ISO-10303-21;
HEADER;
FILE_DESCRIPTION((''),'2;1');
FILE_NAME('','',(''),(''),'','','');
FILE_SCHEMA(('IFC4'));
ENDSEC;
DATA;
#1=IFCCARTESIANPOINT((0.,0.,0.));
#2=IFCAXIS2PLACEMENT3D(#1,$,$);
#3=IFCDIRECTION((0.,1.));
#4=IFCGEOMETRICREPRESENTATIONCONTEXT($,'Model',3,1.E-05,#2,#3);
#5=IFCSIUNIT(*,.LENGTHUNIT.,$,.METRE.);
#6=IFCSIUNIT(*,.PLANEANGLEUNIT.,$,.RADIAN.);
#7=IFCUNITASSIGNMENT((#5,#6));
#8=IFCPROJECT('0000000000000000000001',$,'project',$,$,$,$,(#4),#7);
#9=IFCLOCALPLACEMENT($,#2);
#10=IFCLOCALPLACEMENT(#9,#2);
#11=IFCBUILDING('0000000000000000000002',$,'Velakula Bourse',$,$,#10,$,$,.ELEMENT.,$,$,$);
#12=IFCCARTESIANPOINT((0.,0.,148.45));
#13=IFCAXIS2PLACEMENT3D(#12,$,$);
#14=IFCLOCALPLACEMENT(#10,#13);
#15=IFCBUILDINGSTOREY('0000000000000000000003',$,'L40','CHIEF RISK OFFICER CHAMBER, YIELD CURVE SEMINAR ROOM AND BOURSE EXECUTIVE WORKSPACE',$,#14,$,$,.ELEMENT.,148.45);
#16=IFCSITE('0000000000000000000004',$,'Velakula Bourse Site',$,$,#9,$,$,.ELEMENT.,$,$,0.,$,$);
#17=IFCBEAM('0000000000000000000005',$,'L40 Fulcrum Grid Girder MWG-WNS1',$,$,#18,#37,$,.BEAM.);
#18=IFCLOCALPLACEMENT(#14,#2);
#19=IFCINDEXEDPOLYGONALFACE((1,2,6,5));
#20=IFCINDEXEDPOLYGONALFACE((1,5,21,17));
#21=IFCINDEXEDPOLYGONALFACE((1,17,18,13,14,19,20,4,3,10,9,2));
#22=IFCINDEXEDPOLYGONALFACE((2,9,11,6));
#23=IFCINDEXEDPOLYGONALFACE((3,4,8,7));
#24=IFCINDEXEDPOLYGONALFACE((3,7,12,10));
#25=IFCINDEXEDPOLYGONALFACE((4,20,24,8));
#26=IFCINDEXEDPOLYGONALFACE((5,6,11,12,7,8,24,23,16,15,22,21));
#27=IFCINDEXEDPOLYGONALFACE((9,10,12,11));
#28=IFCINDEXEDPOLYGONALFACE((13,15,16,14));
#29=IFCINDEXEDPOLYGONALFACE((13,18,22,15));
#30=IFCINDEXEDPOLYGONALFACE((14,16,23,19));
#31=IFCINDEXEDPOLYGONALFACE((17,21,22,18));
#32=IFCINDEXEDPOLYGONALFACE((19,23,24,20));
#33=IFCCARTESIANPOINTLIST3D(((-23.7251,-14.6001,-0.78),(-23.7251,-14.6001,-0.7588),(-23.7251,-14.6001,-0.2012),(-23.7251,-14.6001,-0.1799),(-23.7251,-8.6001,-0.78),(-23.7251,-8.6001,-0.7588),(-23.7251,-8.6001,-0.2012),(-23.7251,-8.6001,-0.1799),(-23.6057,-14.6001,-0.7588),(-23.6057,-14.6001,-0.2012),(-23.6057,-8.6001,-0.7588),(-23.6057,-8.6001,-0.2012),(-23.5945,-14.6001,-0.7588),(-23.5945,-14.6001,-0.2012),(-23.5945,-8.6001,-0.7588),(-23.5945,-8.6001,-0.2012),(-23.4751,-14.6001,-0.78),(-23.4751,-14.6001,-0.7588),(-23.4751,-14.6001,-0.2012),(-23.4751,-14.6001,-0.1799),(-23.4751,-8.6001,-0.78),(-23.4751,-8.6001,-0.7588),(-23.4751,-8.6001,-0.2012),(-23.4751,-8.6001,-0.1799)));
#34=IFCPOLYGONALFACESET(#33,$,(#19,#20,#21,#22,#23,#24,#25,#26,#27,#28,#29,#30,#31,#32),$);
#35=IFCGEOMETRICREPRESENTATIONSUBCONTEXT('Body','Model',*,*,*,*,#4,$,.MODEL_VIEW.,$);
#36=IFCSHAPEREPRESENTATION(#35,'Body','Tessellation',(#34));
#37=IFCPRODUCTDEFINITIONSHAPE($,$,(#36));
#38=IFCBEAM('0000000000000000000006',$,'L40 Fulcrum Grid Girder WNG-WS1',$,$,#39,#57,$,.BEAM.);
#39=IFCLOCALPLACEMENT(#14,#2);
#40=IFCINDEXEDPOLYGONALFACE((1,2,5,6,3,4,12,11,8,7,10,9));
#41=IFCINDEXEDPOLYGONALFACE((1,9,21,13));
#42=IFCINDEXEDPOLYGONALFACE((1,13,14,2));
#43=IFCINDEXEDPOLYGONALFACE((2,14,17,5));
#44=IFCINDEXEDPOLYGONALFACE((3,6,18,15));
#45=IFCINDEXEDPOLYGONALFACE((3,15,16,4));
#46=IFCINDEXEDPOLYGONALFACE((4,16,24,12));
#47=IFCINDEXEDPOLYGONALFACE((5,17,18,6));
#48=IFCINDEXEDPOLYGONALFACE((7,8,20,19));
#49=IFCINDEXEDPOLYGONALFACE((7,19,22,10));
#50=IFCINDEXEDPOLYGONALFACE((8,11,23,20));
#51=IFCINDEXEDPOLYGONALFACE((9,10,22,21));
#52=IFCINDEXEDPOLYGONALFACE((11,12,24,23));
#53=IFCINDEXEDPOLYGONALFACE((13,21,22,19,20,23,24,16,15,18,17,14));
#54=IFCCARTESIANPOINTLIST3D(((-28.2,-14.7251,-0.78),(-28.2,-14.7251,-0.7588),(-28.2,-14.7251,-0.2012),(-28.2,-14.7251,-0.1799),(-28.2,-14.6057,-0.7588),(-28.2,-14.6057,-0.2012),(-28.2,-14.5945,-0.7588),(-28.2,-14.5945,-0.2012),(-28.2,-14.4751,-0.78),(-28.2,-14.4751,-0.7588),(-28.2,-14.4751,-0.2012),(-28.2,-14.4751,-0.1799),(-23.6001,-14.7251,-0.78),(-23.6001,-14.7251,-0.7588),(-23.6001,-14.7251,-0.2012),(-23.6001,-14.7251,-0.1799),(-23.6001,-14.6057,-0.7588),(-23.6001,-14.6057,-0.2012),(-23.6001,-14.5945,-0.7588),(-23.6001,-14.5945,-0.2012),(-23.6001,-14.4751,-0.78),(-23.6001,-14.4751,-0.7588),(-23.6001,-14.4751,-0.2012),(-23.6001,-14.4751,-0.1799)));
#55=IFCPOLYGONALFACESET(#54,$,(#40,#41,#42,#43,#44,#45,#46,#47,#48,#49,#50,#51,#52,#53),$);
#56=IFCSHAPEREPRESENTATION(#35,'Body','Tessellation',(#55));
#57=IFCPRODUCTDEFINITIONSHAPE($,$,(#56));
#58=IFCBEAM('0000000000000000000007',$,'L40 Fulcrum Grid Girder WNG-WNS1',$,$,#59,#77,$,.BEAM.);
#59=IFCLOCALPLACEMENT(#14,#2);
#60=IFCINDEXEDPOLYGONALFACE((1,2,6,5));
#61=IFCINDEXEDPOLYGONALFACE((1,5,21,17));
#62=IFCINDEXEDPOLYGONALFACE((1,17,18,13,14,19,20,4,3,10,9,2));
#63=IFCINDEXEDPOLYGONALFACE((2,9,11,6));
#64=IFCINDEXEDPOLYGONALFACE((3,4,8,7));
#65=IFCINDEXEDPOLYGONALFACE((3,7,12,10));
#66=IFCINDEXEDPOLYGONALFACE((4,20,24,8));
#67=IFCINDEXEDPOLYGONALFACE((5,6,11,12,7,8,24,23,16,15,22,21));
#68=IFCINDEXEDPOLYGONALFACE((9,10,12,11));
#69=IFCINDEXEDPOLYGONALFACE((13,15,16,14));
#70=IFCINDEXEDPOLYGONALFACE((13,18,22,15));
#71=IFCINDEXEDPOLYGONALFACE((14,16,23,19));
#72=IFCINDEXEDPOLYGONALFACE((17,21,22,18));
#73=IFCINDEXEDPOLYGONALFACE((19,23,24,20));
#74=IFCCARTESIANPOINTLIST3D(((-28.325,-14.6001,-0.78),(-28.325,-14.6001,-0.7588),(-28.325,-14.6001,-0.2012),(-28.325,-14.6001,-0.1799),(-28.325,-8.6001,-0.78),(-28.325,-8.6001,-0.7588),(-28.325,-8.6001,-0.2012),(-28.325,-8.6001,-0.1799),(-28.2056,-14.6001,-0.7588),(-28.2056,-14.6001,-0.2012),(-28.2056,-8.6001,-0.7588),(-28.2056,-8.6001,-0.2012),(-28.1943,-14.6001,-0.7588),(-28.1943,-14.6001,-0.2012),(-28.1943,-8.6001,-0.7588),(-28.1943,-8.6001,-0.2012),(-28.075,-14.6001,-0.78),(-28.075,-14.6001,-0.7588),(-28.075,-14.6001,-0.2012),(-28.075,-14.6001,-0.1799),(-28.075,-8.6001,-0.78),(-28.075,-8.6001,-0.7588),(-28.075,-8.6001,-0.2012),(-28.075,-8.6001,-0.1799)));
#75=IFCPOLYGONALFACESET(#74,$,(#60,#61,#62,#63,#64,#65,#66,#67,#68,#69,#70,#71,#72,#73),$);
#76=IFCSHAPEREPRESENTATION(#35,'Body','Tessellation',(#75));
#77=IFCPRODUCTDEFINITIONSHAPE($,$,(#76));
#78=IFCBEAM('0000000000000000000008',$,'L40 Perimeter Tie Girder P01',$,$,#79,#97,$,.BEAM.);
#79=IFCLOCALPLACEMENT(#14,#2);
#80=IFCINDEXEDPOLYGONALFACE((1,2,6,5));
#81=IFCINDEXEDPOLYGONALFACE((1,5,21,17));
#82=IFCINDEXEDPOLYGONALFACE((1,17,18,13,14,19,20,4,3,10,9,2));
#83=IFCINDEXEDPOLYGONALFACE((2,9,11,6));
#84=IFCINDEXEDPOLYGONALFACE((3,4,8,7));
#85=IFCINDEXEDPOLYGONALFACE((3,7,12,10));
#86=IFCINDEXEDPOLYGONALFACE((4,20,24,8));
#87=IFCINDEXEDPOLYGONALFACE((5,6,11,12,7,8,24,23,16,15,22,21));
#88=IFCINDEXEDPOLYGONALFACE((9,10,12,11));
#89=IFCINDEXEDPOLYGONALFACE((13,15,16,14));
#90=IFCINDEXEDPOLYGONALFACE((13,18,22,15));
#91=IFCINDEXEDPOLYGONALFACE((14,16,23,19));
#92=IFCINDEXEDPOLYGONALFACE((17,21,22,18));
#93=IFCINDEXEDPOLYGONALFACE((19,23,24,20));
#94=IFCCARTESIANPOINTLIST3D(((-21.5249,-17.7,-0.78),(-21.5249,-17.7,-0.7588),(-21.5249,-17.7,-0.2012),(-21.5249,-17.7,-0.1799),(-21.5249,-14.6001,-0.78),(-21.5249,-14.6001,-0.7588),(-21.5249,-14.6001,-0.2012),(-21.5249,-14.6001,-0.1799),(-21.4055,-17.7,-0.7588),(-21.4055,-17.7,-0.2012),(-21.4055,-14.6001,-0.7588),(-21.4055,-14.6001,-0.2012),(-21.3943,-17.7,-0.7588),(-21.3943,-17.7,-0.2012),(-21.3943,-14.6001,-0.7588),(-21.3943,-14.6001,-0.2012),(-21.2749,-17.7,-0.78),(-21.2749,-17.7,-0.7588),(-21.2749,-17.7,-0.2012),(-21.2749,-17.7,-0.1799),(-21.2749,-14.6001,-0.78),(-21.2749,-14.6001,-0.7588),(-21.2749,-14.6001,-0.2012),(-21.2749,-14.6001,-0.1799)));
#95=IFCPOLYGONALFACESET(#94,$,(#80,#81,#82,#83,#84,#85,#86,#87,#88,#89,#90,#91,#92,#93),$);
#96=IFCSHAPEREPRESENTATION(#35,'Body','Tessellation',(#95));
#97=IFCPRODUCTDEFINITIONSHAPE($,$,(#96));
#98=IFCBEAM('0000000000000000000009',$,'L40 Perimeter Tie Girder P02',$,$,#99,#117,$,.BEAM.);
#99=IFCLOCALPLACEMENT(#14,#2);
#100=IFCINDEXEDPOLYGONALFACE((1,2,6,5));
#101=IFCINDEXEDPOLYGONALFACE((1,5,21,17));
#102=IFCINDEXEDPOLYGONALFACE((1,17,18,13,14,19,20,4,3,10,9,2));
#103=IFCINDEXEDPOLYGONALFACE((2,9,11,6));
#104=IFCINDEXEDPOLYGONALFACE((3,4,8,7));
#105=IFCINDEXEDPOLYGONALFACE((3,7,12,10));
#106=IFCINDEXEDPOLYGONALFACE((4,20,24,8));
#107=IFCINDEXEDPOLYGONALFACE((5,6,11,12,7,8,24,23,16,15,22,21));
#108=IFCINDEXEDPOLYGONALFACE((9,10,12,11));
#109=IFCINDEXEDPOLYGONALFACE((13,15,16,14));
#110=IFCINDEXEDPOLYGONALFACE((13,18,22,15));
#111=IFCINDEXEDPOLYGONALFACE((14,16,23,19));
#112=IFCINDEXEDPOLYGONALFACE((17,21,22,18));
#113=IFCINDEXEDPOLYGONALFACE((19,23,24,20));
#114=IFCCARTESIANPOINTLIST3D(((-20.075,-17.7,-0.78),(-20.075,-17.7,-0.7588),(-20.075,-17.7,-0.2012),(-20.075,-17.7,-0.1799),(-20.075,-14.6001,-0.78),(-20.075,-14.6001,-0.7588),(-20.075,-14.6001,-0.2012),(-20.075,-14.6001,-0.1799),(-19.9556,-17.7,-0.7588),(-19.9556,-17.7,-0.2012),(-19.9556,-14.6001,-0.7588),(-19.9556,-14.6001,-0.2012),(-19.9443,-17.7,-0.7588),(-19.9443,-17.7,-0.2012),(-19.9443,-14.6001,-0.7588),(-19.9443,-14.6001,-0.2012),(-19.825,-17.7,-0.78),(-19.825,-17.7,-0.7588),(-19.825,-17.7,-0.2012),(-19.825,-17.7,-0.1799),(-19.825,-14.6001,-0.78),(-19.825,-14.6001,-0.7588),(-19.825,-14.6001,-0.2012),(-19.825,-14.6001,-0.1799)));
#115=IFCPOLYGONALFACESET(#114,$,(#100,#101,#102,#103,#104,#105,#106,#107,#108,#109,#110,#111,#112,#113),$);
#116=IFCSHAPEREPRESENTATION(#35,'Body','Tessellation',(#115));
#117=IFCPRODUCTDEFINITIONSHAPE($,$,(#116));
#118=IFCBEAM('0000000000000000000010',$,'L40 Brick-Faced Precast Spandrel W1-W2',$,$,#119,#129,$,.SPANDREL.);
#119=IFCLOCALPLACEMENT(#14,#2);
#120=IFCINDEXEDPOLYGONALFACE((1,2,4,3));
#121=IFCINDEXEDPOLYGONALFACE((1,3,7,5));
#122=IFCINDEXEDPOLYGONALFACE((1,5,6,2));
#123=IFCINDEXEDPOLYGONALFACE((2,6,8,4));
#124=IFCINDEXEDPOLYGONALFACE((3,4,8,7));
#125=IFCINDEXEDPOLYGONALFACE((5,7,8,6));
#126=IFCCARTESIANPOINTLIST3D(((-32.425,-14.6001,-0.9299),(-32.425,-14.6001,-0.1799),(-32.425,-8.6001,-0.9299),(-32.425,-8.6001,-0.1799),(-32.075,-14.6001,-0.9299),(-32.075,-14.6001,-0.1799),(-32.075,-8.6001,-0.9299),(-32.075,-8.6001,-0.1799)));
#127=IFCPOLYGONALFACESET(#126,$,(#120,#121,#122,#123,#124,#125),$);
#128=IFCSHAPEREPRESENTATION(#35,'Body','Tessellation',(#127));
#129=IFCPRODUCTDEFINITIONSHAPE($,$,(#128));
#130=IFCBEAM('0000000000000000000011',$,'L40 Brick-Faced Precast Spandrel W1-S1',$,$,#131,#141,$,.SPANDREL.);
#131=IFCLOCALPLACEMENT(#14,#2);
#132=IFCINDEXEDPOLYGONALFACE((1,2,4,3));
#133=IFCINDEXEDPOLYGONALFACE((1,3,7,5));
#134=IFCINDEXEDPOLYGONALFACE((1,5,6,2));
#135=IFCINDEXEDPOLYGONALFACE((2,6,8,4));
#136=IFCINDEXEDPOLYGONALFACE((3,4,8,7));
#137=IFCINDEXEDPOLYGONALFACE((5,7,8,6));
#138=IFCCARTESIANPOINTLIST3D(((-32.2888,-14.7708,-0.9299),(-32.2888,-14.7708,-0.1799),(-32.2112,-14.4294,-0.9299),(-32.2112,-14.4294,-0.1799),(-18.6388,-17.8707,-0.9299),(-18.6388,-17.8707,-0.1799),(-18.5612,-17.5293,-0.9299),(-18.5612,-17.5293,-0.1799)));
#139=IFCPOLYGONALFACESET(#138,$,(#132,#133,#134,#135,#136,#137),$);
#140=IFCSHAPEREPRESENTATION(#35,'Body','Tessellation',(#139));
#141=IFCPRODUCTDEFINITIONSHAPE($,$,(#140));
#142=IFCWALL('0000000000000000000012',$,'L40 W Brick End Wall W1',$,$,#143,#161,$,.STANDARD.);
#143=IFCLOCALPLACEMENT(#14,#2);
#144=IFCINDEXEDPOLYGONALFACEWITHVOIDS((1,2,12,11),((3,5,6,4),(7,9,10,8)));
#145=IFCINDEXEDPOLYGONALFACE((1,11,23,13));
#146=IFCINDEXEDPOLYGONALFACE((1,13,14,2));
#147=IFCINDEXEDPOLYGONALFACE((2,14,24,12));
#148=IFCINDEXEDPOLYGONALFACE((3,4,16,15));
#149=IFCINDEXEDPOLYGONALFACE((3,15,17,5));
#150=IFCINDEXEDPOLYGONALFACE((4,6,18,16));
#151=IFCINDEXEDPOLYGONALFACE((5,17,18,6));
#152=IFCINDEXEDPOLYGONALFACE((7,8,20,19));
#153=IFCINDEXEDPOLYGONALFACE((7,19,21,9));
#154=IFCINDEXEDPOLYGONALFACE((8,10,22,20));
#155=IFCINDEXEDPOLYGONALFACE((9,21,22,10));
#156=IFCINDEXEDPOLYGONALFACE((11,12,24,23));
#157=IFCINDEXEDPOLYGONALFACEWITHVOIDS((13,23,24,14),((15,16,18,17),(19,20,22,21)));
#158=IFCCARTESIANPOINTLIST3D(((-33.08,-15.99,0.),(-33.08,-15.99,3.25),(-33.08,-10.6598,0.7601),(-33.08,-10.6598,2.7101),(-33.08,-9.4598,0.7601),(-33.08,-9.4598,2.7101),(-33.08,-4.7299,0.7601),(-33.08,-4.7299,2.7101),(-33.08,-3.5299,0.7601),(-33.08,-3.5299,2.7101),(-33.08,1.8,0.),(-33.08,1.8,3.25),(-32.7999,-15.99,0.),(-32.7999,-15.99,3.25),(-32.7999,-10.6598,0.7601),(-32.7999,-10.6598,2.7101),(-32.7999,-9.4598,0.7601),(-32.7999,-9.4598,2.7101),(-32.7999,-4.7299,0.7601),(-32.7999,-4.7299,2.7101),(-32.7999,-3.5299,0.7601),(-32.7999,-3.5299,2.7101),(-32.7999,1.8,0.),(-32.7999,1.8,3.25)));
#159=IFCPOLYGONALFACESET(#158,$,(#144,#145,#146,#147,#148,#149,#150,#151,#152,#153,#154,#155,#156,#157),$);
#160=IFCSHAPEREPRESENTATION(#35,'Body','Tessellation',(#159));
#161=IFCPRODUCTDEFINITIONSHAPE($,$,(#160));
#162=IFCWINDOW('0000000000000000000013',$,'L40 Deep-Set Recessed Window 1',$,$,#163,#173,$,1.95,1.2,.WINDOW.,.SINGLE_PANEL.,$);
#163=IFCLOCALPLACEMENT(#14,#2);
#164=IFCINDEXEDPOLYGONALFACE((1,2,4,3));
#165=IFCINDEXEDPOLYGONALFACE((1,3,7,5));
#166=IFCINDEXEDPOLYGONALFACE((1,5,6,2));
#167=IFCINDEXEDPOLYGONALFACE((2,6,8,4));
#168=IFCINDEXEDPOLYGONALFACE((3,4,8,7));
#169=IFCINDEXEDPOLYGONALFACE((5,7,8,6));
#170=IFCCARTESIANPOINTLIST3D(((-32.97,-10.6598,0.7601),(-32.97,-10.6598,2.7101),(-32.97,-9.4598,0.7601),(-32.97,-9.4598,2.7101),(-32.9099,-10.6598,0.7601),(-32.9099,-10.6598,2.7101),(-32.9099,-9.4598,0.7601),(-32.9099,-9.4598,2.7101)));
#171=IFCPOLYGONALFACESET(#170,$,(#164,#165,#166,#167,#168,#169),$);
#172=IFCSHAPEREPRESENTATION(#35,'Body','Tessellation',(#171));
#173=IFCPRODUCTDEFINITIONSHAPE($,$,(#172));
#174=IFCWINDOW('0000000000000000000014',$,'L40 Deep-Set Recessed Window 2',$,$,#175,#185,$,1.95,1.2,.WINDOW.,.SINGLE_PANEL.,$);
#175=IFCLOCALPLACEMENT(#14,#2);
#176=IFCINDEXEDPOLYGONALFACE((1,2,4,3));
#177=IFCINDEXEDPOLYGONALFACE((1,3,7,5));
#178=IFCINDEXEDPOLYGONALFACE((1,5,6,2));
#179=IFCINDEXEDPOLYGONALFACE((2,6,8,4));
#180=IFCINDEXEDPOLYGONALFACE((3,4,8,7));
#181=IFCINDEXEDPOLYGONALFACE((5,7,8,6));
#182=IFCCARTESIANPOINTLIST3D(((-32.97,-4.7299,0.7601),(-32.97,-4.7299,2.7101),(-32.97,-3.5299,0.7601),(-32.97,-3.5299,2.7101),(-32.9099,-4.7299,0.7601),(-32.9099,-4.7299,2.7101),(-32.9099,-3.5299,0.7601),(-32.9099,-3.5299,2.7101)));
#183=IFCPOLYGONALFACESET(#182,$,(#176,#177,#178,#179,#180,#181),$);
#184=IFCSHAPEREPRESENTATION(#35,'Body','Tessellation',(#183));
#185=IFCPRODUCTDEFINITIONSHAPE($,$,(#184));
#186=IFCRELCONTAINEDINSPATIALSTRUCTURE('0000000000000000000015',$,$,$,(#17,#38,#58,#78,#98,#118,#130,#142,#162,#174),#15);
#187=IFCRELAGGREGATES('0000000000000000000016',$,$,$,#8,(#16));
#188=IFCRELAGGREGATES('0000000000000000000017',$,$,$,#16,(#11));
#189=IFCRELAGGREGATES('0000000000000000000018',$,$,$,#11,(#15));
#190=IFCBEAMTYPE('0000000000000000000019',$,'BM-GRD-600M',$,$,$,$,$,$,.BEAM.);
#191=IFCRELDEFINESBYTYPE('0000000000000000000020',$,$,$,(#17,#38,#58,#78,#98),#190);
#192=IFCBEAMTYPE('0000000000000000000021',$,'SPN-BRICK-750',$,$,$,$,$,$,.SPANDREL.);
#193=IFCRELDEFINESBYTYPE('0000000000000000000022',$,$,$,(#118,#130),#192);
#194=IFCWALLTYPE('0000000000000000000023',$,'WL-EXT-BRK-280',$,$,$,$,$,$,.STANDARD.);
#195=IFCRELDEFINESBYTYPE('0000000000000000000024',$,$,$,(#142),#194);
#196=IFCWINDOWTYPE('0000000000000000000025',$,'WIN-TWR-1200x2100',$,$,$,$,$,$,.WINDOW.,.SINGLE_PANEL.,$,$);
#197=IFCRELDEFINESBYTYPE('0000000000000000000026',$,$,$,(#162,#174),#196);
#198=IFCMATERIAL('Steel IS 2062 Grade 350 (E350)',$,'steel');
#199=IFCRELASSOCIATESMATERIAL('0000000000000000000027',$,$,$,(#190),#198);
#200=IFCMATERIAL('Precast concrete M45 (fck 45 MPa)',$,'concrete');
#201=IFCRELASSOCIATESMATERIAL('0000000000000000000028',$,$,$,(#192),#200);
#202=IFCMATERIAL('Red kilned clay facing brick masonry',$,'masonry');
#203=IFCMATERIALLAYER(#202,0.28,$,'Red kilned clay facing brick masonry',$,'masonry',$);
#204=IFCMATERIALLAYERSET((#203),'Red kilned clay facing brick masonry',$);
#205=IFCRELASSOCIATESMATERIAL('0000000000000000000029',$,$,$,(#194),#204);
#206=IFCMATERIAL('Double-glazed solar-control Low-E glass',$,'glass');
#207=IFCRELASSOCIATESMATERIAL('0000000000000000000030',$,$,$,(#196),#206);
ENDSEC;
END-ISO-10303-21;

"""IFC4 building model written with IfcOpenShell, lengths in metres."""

from ifc_helpers import new_model, si_unit, direction, frame, frame_2d, origin, origin_2d, place, context, subcontext, project, spatial, rectangle, i_section, extrude, material, layer, layer_set, material_profile, profile_set, type_object, element, fill, save


model = new_model("IFC4")

# Units and contexts
model_context = context("Model", 3, precision=1e-05, world=origin(), true_north=direction((0.0, 1.0)))
body_context = subcontext(model_context, "Body", "Model", "MODEL_VIEW")
ifc_project = project(units=[si_unit("LENGTHUNIT", "METRE"), si_unit("PLANEANGLEUNIT", "RADIAN")], contexts=[model_context])

# Site, building, storey
site_placement = place(None, origin())
site = spatial("IfcSite", under=ifc_project, at=site_placement, Name="Velakula Bourse Site", CompositionType="ELEMENT", RefElevation=0.0)
building_placement = place(site_placement, origin())
building = spatial("IfcBuilding", under=site, at=building_placement, Name="Velakula Bourse", CompositionType="ELEMENT")
storey_placement = place(building_placement, frame((0.0, 0.0, 148.45)))
storey = spatial("IfcBuildingStorey", under=building, at=storey_placement, Name="L40", Description="CHIEF RISK OFFICER CHAMBER, YIELD CURVE SEMINAR ROOM AND BOURSE EXECUTIVE WORKSPACE", CompositionType="ELEMENT", Elevation=148.45)

# Shared definitions
ifc_material_1 = material(Name="Steel IS 2062 Grade 350 (E350)", Category="steel")
ifc_material_2 = material(Name="Precast concrete M45 (fck 45 MPa)", Category="concrete")

# Beams
ifc_material_profile_1 = material_profile(ifc_material_1, i_section(OverallWidth=0.25, OverallDepth=0.6001, WebThickness=0.0112, FlangeThickness=0.0212, at=origin_2d()), Name="Steel IS 2062 Grade 350 (E350)")
ifc_profile_set_1 = profile_set([ifc_material_profile_1], Name="Steel IS 2062 Grade 350 (E350)")
beam_type_1 = type_object("IfcBeamType", Name="BM-GRD-600M", PredefinedType="BEAM", material=ifc_profile_set_1)
beam_1_placement = place(storey_placement, frame((-23.6001, -14.6001, -0.48), z_axis=(0.0, 1.0, 0.0), x_axis=(-1.0, 0.0, 0.0)))
element("IfcBeam", 1, at=beam_1_placement, inside=storey, type_object=beam_type_1, Name="L40 Fulcrum Grid Girder MWG-WNS1", PredefinedType="BEAM", context=body_context, shape_type="SweptSolid", body=[
    extrude(i_section(OverallWidth=0.25, OverallDepth=0.6001, WebThickness=0.0112, FlangeThickness=0.0212, at=origin_2d()), origin(), (0.0, 0.0, 1.0), 6.0),
])
beam_2_placement = place(storey_placement, frame((-28.2, -14.6001, -0.48), z_axis=(1.0, 0.0, 0.0), x_axis=(0.0, 1.0, 0.0)))
element("IfcBeam", 2, at=beam_2_placement, inside=storey, type_object=beam_type_1, Name="L40 Fulcrum Grid Girder WNG-WS1", PredefinedType="BEAM", context=body_context, shape_type="SweptSolid", body=[
    extrude(i_section(OverallWidth=0.25, OverallDepth=0.6001, WebThickness=0.0112, FlangeThickness=0.0212, at=origin_2d()), origin(), (0.0, 0.0, 1.0), 4.5999),
])
beam_3_placement = place(storey_placement, frame((-28.2, -14.6001, -0.48), z_axis=(0.0, 1.0, 0.0), x_axis=(-1.0, 0.0, 0.0)))
element("IfcBeam", 3, at=beam_3_placement, inside=storey, type_object=beam_type_1, Name="L40 Fulcrum Grid Girder WNG-WNS1", PredefinedType="BEAM", context=body_context, shape_type="SweptSolid", body=[
    extrude(i_section(OverallWidth=0.25, OverallDepth=0.6001, WebThickness=0.0112, FlangeThickness=0.0212, at=origin_2d()), origin(), (0.0, 0.0, 1.0), 6.0),
])
for number, where, z_axis, x_axis, name in (
    (4, (-21.3999, -14.6001, -0.48), (0.0, -1.0, 0.0), (1.0, 0.0, 0.0), "L40 Perimeter Tie Girder P01"),
    (5, (-19.95, -14.6001, -0.48), (0.0, -1.0, 0.0), (1.0, 0.0, 0.0), "L40 Perimeter Tie Girder P02"),
):
    element("IfcBeam", number, at=place(storey_placement, frame(where, z_axis=z_axis, x_axis=x_axis)), inside=storey, type_object=beam_type_1, Name=name, PredefinedType="BEAM", context=body_context, shape_type="SweptSolid", body=[
        extrude(i_section(OverallWidth=0.25, OverallDepth=0.6001, WebThickness=0.0112, FlangeThickness=0.0212, at=origin_2d()), origin(), (0.0, 0.0, 1.0), 3.0999),
    ])
ifc_material_profile_2 = material_profile(ifc_material_2, rectangle(XDim=0.3501, YDim=0.75, at=origin_2d()), Name="Precast concrete M45 (fck 45 MPa)")
ifc_profile_set_2 = profile_set([ifc_material_profile_2], Name="Precast concrete M45 (fck 45 MPa)")
beam_type_2 = type_object("IfcBeamType", Name="SPN-BRICK-750", PredefinedType="SPANDREL", material=ifc_profile_set_2)
beam_4_placement = place(storey_placement, frame((-32.25, -14.6001, -0.5549), z_axis=(0.0, 1.0, 0.0), x_axis=(-1.0, 0.0, 0.0)))
element("IfcBeam", 6, at=beam_4_placement, inside=storey, type_object=beam_type_2, Name="L40 Brick-Faced Precast Spandrel W1-W2", PredefinedType="SPANDREL", context=body_context, shape_type="SweptSolid", body=[
    extrude(rectangle(XDim=0.3501, YDim=0.75, at=origin_2d()), origin(), (0.0, 0.0, 1.0), 6.0),
])
beam_5_placement = place(storey_placement, frame((-32.25, -14.6001, -0.5549), z_axis=(0.97517, -0.221458, 0.0), x_axis=(0.221458, 0.97517, 0.0)))
element("IfcBeam", 7, at=beam_5_placement, inside=storey, type_object=beam_type_2, Name="L40 Brick-Faced Precast Spandrel W1-S1", PredefinedType="SPANDREL", context=body_context, shape_type="SweptSolid", body=[
    extrude(rectangle(XDim=0.3501, YDim=0.75, at=origin_2d()), origin(), (0.0, 0.0, 1.0), 13.9976),
])

# Wall, openings, windows
ifc_material_3 = material(Name="Red kilned clay facing brick masonry", Category="masonry")
ifc_layer_1 = layer(ifc_material_3, 0.28, Name="Red kilned clay facing brick masonry", Category="masonry")
ifc_layer_set_1 = layer_set([ifc_layer_1], Name="Red kilned clay facing brick masonry")
wall_type_1 = type_object("IfcWallType", Name="WL-EXT-BRK-280", PredefinedType="STANDARD", material=ifc_layer_set_1)
wall_1_placement = place(storey_placement, frame((-32.9399, -15.99, 0.0), z_axis=(0.0, 0.0, 1.0), x_axis=(0.0, 1.0, 0.0)))
wall_1 = element("IfcWall", 8, at=wall_1_placement, inside=storey, type_object=wall_type_1, Name="L40 W Brick End Wall W1", PredefinedType="STANDARD", context=body_context, shape_type="SweptSolid", body=[
    extrude(rectangle(XDim=17.79, YDim=0.28, at=frame_2d((8.895, 0.0))), origin(), (0.0, 0.0, 1.0), 3.25),
])
opening_1_placement = place(wall_1_placement, frame((5.3301, 0.0, 0.76)))
opening_1 = element("IfcOpeningElement", 9, at=opening_1_placement, cuts=wall_1, PredefinedType="OPENING", context=body_context, shape_type="SweptSolid", body=[
    extrude(rectangle(XDim=1.2, YDim=1.95, at=frame_2d((0.6001, 0.9751))), frame((0.0, 0.1499, 0.0), z_axis=(0.0, -1.0, 0.0), x_axis=(1.0, 0.0, 0.0)), (0.0, 0.0, 1.0), 0.3),
])
opening_2_placement = place(wall_1_placement, frame((11.26, 0.0, 0.76)))
opening_2 = element("IfcOpeningElement", 10, at=opening_2_placement, cuts=wall_1, PredefinedType="OPENING", context=body_context, shape_type="SweptSolid", body=[
    extrude(rectangle(XDim=1.2, YDim=1.95, at=frame_2d((0.6001, 0.9751))), frame((0.0, 0.1499, 0.0), z_axis=(0.0, -1.0, 0.0), x_axis=(1.0, 0.0, 0.0)), (0.0, 0.0, 1.0), 0.3),
])
ifc_material_4 = material(Name="Double-glazed solar-control Low-E glass", Category="glass")
window_type = type_object("IfcWindowType", Name="WIN-TWR-1200x2100", PartitioningType="SINGLE_PANEL", PredefinedType="WINDOW", material=ifc_material_4)
window_1_placement = place(opening_1_placement, origin())
window_1 = element("IfcWindow", 11, at=window_1_placement, inside=storey, type_object=window_type, Name="L40 Deep-Set Recessed Window 1", OverallHeight=1.95, OverallWidth=1.2, PartitioningType="SINGLE_PANEL", PredefinedType="WINDOW", context=body_context, shape_type="SweptSolid", body=[
    extrude(rectangle(XDim=1.2, YDim=1.95, at=frame_2d((0.6001, 0.9751))), frame((0.0, 0.03, 0.0), z_axis=(0.0, -1.0, 0.0), x_axis=(1.0, 0.0, 0.0)), (0.0, 0.0, 1.0), 0.0601),
])
fill(opening_1, window_1)
window_2_placement = place(opening_2_placement, origin())
window_2 = element("IfcWindow", 12, at=window_2_placement, inside=storey, type_object=window_type, Name="L40 Deep-Set Recessed Window 2", OverallHeight=1.95, OverallWidth=1.2, PartitioningType="SINGLE_PANEL", PredefinedType="WINDOW", context=body_context, shape_type="SweptSolid", body=[
    extrude(rectangle(XDim=1.2, YDim=1.95, at=frame_2d((0.6001, 0.9751))), frame((0.0, 0.03, 0.0), z_axis=(0.0, -1.0, 0.0), x_axis=(1.0, 0.0, 0.0)), (0.0, 0.0, 1.0), 0.0601),
])
fill(opening_2, window_2)

save(model, "model.ifc")
